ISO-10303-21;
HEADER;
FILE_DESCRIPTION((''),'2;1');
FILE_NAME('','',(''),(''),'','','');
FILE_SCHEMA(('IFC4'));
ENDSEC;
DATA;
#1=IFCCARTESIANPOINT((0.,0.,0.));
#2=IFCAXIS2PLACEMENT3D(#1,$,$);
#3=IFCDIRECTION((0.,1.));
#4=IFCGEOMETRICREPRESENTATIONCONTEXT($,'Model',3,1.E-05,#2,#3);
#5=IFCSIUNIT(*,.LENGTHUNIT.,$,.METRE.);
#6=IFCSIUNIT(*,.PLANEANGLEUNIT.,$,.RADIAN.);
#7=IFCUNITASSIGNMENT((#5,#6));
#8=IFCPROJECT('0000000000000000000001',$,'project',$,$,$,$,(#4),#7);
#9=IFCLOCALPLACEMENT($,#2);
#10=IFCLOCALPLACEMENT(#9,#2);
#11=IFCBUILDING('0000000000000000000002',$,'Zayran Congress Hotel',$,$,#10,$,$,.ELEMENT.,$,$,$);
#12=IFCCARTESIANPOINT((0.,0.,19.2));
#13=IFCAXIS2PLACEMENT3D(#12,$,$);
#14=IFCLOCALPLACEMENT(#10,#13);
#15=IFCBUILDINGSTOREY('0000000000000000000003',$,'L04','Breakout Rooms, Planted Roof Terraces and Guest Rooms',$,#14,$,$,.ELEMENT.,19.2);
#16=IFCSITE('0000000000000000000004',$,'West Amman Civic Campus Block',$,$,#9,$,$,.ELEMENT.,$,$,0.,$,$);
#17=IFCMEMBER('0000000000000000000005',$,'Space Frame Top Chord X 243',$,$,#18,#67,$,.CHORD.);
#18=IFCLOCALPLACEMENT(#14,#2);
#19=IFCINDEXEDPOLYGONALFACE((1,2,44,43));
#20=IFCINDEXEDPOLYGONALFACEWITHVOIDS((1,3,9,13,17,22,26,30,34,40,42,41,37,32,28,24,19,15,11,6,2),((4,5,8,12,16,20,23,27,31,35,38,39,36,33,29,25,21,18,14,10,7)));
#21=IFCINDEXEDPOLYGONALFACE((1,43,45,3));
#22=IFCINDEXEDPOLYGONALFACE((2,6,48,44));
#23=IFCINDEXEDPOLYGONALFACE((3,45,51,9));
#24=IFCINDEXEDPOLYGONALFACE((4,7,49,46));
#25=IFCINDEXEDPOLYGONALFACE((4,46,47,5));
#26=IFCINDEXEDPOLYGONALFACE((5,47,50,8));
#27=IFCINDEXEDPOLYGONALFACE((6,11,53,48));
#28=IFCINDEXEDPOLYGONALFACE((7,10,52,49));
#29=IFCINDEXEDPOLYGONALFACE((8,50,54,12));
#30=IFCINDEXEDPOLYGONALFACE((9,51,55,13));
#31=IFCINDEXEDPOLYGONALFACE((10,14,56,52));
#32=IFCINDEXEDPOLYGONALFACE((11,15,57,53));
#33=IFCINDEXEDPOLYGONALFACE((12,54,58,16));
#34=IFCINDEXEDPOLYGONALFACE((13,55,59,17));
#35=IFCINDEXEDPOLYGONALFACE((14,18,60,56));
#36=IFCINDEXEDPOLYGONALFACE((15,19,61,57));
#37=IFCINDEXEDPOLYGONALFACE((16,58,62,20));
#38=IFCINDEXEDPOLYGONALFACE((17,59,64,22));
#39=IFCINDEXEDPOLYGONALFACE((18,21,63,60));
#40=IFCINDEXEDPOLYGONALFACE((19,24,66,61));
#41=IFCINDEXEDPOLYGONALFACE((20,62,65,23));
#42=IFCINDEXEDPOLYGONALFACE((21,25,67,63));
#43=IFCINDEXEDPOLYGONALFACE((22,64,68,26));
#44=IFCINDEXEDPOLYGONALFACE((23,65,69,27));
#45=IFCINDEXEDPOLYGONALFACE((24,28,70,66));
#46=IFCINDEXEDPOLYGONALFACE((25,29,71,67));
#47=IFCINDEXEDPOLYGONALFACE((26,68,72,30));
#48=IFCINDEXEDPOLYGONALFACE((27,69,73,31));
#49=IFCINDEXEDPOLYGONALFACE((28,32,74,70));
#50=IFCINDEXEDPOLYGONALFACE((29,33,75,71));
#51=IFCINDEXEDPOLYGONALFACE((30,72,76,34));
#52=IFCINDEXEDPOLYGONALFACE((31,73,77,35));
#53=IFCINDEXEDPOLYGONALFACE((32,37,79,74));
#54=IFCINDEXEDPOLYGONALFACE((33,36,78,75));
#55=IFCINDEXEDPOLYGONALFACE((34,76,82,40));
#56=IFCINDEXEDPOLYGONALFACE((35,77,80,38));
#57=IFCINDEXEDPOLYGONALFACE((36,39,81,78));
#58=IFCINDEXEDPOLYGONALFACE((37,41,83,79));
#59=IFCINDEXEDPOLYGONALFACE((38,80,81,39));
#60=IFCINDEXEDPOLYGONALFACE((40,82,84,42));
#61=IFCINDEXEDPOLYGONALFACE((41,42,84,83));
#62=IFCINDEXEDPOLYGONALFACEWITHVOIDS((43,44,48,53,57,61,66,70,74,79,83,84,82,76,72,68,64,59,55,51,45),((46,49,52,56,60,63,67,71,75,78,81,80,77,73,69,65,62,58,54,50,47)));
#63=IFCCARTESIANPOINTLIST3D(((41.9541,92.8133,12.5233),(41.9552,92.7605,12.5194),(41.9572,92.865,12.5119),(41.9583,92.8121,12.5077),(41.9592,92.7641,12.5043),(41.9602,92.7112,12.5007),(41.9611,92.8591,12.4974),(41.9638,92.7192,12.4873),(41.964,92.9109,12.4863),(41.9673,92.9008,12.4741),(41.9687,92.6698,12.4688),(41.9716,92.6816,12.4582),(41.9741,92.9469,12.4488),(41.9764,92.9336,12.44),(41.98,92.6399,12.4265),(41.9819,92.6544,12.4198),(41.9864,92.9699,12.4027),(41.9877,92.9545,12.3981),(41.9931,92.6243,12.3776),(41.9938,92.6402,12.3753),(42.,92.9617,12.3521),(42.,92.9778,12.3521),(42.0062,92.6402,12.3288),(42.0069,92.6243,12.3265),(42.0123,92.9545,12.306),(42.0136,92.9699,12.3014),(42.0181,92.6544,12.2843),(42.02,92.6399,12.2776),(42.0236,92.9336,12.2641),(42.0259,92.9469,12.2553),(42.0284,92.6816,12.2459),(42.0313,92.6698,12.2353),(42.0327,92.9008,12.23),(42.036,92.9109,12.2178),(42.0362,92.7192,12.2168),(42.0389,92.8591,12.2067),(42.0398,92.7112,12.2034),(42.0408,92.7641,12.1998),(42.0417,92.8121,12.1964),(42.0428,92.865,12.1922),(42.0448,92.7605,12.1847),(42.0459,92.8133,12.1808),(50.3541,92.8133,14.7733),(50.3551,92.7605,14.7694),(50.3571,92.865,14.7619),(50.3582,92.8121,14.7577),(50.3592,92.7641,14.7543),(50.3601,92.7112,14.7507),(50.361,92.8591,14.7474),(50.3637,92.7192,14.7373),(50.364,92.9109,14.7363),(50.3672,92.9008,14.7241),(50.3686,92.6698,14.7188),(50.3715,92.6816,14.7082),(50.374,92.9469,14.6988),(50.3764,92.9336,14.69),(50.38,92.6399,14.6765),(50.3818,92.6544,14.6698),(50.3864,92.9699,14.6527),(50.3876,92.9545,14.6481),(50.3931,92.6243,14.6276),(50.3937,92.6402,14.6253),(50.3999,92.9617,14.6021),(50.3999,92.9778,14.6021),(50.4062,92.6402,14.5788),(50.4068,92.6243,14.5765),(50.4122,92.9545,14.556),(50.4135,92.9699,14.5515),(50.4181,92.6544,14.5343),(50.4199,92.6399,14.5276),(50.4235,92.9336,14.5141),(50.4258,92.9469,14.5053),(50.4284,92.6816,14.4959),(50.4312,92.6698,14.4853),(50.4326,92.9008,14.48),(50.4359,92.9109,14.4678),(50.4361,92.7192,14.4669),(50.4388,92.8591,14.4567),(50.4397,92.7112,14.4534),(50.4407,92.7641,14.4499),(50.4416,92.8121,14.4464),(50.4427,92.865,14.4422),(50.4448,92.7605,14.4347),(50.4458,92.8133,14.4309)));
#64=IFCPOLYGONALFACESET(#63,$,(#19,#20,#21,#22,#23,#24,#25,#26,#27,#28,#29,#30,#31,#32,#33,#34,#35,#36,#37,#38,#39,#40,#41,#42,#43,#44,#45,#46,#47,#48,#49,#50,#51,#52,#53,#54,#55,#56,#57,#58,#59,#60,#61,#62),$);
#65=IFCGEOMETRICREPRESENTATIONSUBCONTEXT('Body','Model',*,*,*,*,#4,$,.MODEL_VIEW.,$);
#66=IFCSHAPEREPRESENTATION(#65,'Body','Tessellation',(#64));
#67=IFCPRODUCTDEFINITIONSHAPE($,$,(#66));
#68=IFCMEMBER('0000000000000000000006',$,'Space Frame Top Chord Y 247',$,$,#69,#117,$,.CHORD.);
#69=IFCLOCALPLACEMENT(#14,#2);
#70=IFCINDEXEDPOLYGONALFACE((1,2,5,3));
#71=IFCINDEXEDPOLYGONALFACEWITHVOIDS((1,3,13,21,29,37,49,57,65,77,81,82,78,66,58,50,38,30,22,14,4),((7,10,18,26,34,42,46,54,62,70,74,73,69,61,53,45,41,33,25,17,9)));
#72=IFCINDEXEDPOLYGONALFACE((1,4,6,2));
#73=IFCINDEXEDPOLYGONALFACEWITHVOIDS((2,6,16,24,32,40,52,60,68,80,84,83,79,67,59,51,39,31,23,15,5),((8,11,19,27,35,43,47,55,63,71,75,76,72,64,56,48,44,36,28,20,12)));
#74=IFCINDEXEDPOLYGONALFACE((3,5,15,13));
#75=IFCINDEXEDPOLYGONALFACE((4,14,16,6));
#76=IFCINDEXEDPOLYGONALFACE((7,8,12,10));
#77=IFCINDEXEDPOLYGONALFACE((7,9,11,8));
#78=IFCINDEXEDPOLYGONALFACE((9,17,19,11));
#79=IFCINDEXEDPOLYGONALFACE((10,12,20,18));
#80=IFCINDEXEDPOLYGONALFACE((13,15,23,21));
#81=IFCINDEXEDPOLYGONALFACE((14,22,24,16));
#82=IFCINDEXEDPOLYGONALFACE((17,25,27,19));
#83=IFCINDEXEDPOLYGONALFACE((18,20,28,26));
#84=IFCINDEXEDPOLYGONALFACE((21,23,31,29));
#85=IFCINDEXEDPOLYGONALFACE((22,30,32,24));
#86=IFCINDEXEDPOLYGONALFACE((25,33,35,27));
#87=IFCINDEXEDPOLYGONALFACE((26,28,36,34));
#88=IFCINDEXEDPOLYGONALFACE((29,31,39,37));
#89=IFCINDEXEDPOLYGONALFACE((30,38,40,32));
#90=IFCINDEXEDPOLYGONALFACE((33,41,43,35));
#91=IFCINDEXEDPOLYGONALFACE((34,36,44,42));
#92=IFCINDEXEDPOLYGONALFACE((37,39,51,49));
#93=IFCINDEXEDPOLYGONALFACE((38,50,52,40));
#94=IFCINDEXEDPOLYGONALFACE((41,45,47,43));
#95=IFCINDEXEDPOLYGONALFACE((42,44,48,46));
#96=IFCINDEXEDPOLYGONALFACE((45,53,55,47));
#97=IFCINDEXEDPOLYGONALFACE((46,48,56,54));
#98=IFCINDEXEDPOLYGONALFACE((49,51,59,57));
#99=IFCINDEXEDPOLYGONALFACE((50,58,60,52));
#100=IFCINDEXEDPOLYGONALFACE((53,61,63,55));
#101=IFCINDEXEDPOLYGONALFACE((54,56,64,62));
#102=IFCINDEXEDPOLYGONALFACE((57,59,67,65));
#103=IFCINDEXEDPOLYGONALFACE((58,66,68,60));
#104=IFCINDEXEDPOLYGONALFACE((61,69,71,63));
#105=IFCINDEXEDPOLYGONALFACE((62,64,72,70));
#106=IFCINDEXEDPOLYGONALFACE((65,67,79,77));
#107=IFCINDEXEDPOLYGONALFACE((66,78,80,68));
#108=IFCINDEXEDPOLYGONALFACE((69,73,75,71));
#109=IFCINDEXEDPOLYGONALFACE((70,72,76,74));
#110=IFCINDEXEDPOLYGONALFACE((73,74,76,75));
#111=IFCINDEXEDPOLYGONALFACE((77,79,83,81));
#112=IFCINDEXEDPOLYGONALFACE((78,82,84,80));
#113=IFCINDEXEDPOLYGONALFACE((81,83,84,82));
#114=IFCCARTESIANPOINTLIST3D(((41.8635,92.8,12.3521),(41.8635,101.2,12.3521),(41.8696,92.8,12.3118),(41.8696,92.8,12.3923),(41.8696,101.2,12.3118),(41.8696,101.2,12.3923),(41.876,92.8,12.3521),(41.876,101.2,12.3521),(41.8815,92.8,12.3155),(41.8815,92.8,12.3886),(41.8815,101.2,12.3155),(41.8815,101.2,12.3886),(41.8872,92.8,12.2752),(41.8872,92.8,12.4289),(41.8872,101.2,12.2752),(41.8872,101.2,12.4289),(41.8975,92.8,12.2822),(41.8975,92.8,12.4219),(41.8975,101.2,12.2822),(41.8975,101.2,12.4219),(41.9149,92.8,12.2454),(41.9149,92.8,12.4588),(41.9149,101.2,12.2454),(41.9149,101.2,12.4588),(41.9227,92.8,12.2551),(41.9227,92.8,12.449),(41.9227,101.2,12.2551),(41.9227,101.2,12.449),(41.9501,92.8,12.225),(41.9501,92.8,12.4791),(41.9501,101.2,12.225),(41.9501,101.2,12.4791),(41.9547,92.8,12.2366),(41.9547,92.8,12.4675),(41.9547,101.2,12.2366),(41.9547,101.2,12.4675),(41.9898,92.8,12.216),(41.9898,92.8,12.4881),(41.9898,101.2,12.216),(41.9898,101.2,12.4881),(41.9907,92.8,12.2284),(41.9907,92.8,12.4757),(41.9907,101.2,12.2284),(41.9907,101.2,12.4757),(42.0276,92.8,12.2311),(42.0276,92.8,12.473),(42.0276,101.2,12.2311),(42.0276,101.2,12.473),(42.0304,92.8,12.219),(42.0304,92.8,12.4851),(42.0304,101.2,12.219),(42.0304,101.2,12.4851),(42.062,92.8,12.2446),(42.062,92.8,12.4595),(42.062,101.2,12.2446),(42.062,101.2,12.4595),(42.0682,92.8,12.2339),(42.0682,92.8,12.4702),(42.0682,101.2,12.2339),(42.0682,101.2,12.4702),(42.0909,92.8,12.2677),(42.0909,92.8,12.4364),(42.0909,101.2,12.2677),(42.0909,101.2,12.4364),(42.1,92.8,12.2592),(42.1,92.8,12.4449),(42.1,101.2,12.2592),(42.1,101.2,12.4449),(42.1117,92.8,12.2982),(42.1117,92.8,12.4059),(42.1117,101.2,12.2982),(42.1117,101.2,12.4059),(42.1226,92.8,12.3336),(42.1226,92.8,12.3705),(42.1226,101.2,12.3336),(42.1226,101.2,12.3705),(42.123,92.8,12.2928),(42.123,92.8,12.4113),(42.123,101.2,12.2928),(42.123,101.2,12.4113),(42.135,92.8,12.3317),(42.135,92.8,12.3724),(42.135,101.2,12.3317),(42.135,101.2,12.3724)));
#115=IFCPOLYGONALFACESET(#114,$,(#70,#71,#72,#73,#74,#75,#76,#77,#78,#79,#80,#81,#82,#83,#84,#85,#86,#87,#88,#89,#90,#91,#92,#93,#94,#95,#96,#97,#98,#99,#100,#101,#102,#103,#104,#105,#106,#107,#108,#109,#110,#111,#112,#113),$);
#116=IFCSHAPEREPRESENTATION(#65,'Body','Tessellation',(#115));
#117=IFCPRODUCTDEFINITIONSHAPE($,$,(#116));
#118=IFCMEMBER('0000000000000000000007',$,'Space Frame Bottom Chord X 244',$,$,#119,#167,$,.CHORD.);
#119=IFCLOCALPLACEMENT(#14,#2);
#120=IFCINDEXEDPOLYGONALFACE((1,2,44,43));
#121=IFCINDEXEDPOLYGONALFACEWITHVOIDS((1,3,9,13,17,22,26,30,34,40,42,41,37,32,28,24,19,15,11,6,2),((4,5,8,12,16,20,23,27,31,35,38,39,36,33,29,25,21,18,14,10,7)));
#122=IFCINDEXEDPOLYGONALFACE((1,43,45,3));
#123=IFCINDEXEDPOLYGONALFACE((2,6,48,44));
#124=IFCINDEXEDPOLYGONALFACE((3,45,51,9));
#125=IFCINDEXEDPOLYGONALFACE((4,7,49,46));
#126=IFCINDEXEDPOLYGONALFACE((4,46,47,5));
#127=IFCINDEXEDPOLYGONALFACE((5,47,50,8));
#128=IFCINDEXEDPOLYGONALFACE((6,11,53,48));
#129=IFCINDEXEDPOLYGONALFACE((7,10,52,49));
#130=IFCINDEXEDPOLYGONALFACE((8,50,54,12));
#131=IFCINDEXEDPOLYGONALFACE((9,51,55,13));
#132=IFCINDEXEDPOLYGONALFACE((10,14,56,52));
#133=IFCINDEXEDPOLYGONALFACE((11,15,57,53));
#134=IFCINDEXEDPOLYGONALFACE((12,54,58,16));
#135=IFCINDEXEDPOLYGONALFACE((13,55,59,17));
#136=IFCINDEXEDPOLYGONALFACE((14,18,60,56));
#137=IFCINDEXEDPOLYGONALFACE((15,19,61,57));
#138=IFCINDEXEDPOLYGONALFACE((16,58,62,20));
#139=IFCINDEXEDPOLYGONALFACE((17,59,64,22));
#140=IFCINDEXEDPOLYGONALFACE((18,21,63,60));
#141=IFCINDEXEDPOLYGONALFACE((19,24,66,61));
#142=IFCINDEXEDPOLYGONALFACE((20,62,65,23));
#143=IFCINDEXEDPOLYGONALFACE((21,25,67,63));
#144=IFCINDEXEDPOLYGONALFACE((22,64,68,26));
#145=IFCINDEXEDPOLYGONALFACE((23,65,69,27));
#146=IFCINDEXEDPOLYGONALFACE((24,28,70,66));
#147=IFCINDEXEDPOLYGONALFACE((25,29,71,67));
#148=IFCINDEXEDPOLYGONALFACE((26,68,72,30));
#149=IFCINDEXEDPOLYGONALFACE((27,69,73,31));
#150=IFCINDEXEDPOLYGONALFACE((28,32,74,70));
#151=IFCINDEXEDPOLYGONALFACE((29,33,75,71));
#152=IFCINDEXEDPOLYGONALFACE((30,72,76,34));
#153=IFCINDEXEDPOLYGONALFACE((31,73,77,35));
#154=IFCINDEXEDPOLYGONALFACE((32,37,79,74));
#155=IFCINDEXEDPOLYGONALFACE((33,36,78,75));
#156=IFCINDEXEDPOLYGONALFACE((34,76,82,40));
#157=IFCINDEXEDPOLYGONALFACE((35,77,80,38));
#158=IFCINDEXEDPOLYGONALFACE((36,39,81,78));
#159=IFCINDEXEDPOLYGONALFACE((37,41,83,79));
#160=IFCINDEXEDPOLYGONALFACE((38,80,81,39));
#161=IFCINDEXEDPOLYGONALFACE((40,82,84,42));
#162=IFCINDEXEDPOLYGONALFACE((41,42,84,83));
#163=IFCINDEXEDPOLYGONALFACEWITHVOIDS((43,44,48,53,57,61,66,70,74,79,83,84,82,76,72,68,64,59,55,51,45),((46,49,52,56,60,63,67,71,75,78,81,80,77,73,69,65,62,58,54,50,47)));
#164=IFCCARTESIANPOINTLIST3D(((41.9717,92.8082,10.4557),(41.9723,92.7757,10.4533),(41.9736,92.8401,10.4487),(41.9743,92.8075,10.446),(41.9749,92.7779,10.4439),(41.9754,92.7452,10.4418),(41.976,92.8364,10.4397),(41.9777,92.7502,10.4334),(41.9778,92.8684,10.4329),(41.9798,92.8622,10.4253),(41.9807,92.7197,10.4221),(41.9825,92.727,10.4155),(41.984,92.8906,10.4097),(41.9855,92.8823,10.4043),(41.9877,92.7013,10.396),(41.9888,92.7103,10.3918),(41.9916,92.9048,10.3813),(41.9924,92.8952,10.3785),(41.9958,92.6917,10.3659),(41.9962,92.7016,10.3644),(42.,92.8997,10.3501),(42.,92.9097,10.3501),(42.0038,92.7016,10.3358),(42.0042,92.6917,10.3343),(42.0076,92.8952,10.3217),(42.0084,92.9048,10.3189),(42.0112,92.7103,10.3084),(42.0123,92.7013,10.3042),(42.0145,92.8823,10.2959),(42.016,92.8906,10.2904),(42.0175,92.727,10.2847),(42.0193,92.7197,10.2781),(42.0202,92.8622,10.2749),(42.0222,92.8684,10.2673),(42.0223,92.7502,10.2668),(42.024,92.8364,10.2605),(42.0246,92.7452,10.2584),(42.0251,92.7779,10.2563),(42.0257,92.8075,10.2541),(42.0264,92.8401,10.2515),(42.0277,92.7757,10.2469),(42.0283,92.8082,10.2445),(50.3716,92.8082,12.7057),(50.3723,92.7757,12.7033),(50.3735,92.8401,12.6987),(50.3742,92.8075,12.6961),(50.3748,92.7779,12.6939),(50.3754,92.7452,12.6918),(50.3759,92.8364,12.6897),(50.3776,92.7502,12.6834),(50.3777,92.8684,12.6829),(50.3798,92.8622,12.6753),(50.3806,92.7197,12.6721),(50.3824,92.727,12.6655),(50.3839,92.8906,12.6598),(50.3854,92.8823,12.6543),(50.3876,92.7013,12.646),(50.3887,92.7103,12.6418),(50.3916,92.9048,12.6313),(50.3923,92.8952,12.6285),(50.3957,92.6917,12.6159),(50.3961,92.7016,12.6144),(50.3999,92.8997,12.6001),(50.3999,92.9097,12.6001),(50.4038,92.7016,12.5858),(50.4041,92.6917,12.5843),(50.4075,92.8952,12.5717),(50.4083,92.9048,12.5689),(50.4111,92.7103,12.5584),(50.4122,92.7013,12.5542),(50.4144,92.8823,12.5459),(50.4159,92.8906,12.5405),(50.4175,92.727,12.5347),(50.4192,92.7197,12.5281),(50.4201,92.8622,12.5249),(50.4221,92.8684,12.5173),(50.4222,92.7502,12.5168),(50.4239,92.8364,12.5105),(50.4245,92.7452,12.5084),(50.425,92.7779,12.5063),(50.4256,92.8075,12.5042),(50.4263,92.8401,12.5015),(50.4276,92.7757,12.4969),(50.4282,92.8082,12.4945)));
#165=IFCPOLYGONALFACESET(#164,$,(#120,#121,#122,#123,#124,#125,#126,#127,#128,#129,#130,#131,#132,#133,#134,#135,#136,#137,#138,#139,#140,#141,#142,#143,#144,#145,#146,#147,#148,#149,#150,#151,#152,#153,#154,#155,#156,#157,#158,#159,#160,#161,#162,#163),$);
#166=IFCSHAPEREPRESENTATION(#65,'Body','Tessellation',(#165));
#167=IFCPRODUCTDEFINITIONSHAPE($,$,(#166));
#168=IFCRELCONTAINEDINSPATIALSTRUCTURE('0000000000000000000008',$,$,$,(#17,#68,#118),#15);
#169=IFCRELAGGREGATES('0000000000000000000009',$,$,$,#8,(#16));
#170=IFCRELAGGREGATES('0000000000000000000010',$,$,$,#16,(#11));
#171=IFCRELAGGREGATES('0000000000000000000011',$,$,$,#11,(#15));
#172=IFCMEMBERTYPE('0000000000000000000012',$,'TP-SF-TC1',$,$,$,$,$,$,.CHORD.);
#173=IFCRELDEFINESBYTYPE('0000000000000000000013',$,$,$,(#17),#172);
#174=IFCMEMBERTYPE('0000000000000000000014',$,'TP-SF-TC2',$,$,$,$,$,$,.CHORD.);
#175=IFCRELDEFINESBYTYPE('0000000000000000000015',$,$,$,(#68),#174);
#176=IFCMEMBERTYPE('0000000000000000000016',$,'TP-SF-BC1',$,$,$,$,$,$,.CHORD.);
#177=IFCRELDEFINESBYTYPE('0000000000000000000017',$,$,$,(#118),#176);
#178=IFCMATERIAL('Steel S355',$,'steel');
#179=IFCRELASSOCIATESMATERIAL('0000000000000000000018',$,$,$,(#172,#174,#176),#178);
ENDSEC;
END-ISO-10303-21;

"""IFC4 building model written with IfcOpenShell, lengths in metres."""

from ifc_helpers import new_model, si_unit, direction, frame, origin, origin_2d, place, context, subcontext, project, spatial, hollow_circle, extrude, material, material_profile, profile_set, type_object, element, save


model = new_model("IFC4")

# Units and contexts
model_context = context("Model", 3, precision=1e-05, world=origin(), true_north=direction((0.0, 1.0)))
body_context = subcontext(model_context, "Body", "Model", "MODEL_VIEW")
ifc_project = project(units=[si_unit("LENGTHUNIT", "METRE"), si_unit("PLANEANGLEUNIT", "RADIAN")], contexts=[model_context])

# Site, building, storey
site_placement = place(None, origin())
site = spatial("IfcSite", under=ifc_project, at=site_placement, Name="West Amman Civic Campus Block", CompositionType="ELEMENT", RefElevation=0.0)
building_placement = place(site_placement, origin())
building = spatial("IfcBuilding", under=site, at=building_placement, Name="Zayran Congress Hotel", CompositionType="ELEMENT")
storey_placement = place(building_placement, frame((0.0, 0.0, 19.2)))
storey = spatial("IfcBuildingStorey", under=building, at=storey_placement, Name="L04", Description="Breakout Rooms, Planted Roof Terraces and Guest Rooms", CompositionType="ELEMENT", Elevation=19.2)

# Members
ifc_material_1 = material(Name="Steel S355", Category="steel")
ifc_material_profile_1 = material_profile(ifc_material_1, hollow_circle(Radius=0.1777, WallThickness=0.0161, at=origin_2d()), Name="CHS 355.6x16")
ifc_profile_set_1 = profile_set([ifc_material_profile_1], Name="Steel S355")
member_type_1 = type_object("IfcMemberType", Name="TP-SF-TC1", PredefinedType="CHORD", material=ifc_profile_set_1)
member_1_placement = place(storey_placement, frame((42.0, 92.8, 12.3521), z_axis=(0.965947, 0.0, 0.258739), x_axis=(0.0, 1.0, 0.0)))
element("IfcMember", 1, at=member_1_placement, inside=storey, type_object=member_type_1, Name="Space Frame Top Chord X 243", PredefinedType="CHORD", context=body_context, shape_type="SweptSolid", body=[
    extrude(hollow_circle(Radius=0.1777, WallThickness=0.0161, at=origin_2d()), origin(), (0.0, 0.0, 1.0), 8.696),
])
ifc_material_profile_2 = material_profile(ifc_material_1, hollow_circle(Radius=0.1365, WallThickness=0.0125, at=origin_2d()), Name="CHS 273x12.5")
ifc_profile_set_2 = profile_set([ifc_material_profile_2], Name="Steel S355")
member_type_2 = type_object("IfcMemberType", Name="TP-SF-TC2", PredefinedType="CHORD", material=ifc_profile_set_2)
member_2_placement = place(storey_placement, frame((42.0, 92.8, 12.3521), z_axis=(0.0, 1.0, 0.0), x_axis=(-1.0, 0.0, 0.0)))
element("IfcMember", 2, at=member_2_placement, inside=storey, type_object=member_type_2, Name="Space Frame Top Chord Y 247", PredefinedType="CHORD", context=body_context, shape_type="SweptSolid", body=[
    extrude(hollow_circle(Radius=0.1365, WallThickness=0.0125, at=origin_2d()), origin(), (0.0, 0.0, 1.0), 8.3999),
])
ifc_material_profile_3 = material_profile(ifc_material_1, hollow_circle(Radius=0.1096, WallThickness=0.01, at=origin_2d()), Name="CHS 219.1x10")
ifc_profile_set_3 = profile_set([ifc_material_profile_3], Name="Steel S355")
member_type_3 = type_object("IfcMemberType", Name="TP-SF-BC1", PredefinedType="CHORD", material=ifc_profile_set_3)
member_3_placement = place(storey_placement, frame((42.0, 92.8, 10.3501), z_axis=(0.965947, 0.0, 0.258739), x_axis=(0.0, 1.0, 0.0)))
element("IfcMember", 3, at=member_3_placement, inside=storey, type_object=member_type_3, Name="Space Frame Bottom Chord X 244", PredefinedType="CHORD", context=body_context, shape_type="SweptSolid", body=[
    extrude(hollow_circle(Radius=0.1096, WallThickness=0.01, at=origin_2d()), origin(), (0.0, 0.0, 1.0), 8.696),
])

save(model, "model.ifc")
